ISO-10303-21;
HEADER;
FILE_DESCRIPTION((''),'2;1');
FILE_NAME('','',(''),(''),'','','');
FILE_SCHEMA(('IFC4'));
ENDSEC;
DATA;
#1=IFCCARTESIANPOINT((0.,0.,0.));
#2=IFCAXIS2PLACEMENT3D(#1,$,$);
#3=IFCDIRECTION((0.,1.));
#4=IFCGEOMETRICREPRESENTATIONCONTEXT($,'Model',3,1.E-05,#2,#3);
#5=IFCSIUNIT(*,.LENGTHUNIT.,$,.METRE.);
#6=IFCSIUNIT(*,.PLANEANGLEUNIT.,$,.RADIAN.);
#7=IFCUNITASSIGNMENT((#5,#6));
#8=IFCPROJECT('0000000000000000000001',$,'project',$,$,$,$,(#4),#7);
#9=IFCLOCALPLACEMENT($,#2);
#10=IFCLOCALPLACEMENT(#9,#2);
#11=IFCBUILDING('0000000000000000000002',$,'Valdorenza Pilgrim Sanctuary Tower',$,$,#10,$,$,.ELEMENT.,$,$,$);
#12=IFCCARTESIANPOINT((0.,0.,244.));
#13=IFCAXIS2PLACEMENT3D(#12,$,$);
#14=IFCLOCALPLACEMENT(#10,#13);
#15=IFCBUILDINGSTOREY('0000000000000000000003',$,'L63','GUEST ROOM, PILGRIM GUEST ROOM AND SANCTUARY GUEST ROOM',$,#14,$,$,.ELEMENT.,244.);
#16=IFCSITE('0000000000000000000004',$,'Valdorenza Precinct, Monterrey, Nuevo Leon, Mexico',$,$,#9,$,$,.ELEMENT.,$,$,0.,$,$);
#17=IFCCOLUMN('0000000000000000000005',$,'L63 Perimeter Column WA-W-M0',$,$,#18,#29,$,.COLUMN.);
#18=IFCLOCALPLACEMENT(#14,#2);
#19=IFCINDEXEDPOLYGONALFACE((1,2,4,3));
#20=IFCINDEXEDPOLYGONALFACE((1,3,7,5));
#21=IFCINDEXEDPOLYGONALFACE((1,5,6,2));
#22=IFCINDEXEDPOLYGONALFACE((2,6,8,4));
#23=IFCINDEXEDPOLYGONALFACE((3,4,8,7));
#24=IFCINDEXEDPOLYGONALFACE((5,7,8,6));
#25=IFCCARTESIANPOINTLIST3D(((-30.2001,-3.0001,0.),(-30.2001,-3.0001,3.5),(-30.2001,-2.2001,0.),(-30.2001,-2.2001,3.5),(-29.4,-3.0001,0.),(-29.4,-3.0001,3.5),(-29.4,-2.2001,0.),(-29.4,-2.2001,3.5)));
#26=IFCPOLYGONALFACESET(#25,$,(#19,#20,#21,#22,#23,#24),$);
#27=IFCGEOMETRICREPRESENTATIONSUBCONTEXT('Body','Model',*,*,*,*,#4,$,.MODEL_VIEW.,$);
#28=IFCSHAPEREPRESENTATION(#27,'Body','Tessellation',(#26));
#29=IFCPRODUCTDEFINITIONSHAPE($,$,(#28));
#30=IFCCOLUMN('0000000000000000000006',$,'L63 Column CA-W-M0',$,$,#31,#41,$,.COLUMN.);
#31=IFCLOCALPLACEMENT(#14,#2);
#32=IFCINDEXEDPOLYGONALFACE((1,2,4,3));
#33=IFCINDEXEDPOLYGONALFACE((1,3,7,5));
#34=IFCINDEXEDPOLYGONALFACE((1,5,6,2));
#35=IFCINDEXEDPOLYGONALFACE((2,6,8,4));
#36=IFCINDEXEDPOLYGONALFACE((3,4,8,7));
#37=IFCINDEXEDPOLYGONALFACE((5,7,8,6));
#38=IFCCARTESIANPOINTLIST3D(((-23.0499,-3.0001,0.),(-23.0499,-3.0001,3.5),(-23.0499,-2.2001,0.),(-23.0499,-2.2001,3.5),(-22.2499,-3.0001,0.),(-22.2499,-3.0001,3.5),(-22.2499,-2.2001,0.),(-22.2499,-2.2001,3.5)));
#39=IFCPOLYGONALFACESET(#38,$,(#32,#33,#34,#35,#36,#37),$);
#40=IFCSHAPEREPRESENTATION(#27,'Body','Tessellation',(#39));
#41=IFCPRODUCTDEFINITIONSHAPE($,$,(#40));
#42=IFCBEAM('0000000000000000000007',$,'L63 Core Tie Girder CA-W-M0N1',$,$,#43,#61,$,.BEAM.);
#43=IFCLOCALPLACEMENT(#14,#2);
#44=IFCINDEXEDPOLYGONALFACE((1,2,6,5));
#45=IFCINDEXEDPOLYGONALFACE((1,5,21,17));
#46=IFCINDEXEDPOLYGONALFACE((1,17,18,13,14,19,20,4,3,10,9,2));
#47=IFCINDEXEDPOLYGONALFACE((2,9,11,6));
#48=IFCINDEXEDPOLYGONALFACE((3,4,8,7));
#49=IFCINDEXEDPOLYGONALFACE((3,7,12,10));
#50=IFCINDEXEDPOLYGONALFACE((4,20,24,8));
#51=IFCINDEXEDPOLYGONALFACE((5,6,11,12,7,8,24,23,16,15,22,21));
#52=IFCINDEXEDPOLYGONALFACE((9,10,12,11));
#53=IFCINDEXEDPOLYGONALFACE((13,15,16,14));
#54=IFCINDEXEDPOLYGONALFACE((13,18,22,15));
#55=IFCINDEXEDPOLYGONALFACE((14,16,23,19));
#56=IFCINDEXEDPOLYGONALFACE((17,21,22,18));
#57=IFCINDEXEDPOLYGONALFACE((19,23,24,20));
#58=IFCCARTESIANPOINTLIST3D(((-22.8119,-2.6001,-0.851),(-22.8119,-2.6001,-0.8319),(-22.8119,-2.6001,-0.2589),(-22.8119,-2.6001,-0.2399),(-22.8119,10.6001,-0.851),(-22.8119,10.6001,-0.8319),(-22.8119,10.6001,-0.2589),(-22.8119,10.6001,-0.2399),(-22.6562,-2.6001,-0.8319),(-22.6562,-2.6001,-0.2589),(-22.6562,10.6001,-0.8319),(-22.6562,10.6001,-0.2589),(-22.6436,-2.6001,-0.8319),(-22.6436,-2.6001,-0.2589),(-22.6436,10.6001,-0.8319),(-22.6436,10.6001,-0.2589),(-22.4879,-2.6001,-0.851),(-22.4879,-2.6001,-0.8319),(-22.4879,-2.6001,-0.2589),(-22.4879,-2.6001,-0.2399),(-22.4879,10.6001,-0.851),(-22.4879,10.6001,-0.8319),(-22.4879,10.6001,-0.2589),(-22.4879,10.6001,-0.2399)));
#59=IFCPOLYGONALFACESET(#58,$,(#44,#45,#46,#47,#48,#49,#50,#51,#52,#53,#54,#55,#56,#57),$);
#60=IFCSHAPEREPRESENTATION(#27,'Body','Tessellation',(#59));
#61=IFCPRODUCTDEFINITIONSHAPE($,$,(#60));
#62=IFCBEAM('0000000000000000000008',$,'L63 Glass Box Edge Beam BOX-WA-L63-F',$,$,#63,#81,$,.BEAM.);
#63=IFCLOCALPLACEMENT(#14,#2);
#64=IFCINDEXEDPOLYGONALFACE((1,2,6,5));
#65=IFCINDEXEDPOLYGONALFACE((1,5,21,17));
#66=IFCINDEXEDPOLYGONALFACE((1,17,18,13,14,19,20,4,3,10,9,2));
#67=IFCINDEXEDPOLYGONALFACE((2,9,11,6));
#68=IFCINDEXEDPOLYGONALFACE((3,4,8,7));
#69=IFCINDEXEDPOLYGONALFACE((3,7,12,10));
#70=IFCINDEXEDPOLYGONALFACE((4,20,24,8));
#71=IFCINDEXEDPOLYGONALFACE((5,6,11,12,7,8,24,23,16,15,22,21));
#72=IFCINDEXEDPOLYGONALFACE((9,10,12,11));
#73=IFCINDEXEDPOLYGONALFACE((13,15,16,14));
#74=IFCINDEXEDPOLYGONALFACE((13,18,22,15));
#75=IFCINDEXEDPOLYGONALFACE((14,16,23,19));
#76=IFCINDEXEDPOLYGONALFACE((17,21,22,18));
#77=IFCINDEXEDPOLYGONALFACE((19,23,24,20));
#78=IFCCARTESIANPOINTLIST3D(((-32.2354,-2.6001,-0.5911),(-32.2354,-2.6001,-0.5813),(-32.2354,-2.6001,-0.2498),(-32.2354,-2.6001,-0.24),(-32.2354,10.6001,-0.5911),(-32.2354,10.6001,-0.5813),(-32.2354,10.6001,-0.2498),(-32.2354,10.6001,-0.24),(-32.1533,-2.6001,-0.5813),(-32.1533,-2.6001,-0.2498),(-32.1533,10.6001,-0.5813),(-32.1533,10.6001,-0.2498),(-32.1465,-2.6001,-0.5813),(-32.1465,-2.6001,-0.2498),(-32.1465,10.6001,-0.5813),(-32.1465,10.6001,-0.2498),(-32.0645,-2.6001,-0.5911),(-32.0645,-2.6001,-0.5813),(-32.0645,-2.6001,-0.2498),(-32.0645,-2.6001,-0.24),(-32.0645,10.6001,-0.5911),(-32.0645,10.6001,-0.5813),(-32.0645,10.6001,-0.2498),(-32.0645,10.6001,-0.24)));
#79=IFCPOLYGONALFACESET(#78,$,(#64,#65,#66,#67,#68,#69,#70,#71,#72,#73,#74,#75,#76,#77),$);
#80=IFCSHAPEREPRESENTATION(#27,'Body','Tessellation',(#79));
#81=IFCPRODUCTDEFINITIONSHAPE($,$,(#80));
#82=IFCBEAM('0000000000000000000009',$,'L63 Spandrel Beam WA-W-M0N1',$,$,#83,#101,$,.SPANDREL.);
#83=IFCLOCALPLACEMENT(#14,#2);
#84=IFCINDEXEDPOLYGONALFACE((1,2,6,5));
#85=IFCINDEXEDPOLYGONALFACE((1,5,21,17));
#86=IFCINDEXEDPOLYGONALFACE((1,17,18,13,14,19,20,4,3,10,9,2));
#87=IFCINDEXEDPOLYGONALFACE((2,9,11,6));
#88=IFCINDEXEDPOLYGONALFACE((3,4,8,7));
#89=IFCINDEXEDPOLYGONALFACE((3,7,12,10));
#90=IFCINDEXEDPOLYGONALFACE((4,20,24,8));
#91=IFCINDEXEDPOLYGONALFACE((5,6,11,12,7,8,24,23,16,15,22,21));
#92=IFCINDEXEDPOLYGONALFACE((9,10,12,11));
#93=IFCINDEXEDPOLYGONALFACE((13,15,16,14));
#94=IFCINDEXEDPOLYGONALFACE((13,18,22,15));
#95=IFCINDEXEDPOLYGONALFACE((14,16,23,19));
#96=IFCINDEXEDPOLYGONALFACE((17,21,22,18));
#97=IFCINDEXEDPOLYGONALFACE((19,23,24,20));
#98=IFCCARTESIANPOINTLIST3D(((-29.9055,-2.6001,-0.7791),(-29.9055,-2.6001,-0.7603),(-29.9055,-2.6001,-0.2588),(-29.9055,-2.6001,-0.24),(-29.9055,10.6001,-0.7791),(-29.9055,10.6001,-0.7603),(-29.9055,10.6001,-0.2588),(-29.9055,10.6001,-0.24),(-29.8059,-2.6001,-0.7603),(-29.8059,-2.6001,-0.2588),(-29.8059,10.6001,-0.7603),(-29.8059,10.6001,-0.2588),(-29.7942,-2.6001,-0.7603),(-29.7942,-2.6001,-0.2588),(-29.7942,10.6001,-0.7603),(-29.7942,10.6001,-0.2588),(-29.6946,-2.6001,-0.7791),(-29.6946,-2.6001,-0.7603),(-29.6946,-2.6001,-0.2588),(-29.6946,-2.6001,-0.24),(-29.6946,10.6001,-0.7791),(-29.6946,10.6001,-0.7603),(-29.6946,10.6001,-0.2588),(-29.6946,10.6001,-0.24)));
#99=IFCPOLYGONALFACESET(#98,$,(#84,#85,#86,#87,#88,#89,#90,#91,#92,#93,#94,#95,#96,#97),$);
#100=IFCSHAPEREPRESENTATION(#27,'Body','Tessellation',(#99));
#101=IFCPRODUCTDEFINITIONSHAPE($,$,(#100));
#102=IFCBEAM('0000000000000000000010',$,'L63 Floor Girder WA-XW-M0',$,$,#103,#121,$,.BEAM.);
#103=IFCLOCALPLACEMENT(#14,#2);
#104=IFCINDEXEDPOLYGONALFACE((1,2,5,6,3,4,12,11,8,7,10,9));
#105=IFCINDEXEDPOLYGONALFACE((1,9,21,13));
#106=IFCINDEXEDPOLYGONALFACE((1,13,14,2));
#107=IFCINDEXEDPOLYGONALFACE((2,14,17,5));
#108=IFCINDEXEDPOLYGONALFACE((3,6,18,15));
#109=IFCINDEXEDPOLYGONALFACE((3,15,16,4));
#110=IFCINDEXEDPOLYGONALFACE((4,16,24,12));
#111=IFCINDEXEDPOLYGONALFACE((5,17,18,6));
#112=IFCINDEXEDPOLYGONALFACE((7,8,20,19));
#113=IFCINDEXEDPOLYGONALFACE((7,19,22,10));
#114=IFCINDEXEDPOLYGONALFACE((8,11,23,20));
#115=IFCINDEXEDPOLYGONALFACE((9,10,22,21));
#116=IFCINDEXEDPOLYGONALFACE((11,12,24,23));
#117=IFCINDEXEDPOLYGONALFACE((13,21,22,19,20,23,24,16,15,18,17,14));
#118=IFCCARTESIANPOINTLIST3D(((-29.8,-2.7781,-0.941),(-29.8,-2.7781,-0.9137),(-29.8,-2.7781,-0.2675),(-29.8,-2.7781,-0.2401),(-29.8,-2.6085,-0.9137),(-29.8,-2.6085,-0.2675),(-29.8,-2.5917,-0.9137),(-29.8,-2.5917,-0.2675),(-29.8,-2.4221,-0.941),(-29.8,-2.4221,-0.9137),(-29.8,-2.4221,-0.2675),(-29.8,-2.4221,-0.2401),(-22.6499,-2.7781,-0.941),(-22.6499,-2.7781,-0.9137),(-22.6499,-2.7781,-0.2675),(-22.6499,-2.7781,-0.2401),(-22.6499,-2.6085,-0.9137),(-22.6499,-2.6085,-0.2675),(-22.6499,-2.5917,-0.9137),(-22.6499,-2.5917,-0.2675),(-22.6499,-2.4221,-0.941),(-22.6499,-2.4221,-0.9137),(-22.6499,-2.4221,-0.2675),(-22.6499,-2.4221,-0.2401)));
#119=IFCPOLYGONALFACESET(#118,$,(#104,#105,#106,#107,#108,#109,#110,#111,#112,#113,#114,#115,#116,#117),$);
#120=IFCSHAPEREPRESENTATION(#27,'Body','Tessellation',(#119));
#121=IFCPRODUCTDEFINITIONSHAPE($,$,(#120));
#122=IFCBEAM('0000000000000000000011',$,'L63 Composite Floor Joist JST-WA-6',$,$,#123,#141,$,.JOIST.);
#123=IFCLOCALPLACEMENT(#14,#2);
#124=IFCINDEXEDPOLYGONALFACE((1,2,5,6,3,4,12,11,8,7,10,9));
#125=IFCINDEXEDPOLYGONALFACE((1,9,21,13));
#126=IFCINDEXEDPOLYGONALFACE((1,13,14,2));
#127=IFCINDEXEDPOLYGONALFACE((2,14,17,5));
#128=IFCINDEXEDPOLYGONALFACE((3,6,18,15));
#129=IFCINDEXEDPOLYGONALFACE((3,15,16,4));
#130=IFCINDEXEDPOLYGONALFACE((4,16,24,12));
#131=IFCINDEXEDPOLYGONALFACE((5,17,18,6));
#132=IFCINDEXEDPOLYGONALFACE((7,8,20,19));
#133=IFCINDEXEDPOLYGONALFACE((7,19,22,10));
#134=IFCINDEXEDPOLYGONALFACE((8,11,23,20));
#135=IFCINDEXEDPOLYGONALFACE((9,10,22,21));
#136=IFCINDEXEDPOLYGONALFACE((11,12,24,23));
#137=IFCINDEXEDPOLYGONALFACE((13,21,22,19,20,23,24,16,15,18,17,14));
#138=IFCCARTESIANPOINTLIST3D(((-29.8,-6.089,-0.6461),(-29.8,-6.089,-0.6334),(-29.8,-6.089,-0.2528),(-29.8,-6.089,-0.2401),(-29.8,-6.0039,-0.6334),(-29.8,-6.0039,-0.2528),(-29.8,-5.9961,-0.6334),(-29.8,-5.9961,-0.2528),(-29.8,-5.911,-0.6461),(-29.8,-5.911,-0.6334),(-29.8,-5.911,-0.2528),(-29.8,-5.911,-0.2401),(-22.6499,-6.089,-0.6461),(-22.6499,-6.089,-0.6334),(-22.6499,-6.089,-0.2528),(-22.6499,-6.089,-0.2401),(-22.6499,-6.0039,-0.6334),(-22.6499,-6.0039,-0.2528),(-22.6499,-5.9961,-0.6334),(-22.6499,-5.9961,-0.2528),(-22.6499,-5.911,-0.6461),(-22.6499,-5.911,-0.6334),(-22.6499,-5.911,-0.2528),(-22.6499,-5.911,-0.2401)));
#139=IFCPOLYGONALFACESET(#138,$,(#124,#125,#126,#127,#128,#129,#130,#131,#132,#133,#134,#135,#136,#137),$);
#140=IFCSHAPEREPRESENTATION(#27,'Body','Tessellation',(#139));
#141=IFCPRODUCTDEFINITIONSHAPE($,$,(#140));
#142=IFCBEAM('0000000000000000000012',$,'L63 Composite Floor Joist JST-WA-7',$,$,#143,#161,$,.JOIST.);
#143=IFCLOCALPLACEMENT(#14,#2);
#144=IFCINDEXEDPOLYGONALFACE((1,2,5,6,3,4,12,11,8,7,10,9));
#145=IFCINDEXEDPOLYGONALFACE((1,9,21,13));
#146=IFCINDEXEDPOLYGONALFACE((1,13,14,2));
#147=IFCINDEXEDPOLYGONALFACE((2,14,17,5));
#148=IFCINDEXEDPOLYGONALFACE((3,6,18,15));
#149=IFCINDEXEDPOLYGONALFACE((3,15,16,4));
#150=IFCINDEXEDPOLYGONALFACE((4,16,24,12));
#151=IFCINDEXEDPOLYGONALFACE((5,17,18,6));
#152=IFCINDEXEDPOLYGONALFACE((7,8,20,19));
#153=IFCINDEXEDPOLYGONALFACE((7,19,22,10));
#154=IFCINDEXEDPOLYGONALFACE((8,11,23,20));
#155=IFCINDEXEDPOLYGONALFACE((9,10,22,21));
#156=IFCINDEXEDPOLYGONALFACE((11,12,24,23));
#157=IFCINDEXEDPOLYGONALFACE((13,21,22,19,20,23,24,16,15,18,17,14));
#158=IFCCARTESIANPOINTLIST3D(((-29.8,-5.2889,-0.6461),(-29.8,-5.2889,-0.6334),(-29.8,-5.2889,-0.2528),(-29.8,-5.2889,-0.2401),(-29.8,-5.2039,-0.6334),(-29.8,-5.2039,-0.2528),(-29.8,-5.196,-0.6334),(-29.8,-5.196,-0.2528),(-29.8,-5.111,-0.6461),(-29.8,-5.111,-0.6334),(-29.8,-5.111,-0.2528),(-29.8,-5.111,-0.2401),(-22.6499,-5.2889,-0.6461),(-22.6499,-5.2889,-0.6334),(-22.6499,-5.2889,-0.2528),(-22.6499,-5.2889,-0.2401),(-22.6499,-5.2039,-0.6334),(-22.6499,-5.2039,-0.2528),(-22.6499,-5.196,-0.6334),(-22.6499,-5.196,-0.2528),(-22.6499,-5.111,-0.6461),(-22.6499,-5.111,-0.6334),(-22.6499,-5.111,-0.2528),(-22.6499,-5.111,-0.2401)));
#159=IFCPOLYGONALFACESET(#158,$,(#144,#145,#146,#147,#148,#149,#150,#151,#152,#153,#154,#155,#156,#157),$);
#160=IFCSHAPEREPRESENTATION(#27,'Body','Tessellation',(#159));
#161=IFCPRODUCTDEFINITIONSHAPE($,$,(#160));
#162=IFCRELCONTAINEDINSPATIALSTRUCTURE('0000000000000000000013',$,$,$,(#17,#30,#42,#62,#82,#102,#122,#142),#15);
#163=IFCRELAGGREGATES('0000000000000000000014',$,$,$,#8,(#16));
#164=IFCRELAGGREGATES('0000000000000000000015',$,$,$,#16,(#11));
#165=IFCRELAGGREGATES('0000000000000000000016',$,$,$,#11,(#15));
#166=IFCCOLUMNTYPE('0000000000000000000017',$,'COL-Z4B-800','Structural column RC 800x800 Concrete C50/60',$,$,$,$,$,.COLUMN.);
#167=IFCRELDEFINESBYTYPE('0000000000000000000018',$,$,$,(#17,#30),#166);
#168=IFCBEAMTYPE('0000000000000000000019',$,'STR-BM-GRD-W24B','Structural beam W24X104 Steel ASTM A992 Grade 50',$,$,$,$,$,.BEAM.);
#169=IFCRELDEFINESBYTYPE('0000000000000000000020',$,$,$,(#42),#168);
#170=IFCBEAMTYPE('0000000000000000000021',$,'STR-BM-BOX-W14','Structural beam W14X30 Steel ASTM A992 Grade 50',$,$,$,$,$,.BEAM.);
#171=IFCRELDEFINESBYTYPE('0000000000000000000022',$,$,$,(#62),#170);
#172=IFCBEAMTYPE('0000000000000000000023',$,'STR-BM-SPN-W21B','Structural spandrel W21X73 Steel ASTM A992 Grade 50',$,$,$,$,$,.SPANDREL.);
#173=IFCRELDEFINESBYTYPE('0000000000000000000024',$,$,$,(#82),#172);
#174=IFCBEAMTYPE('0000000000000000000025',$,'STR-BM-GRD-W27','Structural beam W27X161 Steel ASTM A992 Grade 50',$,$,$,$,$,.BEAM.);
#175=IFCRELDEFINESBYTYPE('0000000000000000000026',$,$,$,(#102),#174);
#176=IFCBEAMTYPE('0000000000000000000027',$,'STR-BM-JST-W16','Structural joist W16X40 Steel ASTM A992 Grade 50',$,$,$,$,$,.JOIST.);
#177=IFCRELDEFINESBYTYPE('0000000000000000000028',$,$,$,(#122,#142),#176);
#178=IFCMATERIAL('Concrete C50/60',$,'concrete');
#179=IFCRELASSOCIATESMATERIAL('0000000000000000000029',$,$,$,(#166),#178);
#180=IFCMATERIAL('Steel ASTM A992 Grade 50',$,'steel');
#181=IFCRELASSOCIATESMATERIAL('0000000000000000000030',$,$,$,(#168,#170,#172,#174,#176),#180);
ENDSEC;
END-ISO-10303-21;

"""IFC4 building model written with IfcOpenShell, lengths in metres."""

from ifc_helpers import new_model, si_unit, direction, frame, origin, origin_2d, place, context, subcontext, project, spatial, rectangle, i_section, extrude, source, transform, mapped, material, material_profile, profile_set, type_object, element, save


model = new_model("IFC4")

# Units and contexts
model_context = context("Model", 3, precision=1e-05, world=origin(), true_north=direction((0.0, 1.0)))
body_context = subcontext(model_context, "Body", "Model", "MODEL_VIEW")
ifc_project = project(units=[si_unit("LENGTHUNIT", "METRE"), si_unit("PLANEANGLEUNIT", "RADIAN")], contexts=[model_context])

# Site, building, storey
site_placement = place(None, origin())
site = spatial("IfcSite", under=ifc_project, at=site_placement, Name="Valdorenza Precinct, Monterrey, Nuevo Leon, Mexico", CompositionType="ELEMENT", RefElevation=0.0)
building_placement = place(site_placement, origin())
building = spatial("IfcBuilding", under=site, at=building_placement, Name="Valdorenza Pilgrim Sanctuary Tower", CompositionType="ELEMENT")
storey_placement = place(building_placement, frame((0.0, 0.0, 244.0)))
storey = spatial("IfcBuildingStorey", under=building, at=storey_placement, Name="L63", Description="GUEST ROOM, PILGRIM GUEST ROOM AND SANCTUARY GUEST ROOM", CompositionType="ELEMENT", Elevation=244.0)

# Columns
ifc_material_1 = material(Name="Concrete C50/60", Category="concrete")
ifc_material_profile_1 = material_profile(ifc_material_1, rectangle(XDim=0.8, YDim=0.8, at=origin_2d()), Name="RC 800x800")
ifc_profile_set_1 = profile_set([ifc_material_profile_1], Name="Concrete C50/60")
column_type = type_object("IfcColumnType", Name="COL-Z4B-800", Description="Structural column RC 800x800 Concrete C50/60", PredefinedType="COLUMN", material=ifc_profile_set_1)
shared_shape_1 = source(origin(), body_context, "Body", "SweptSolid", [
    extrude(rectangle(XDim=0.8, YDim=0.8, at=origin_2d()), origin(), (0.0, 0.0, 1.0), 3.5),
])
for number, where, z_axis, x_axis, name in (
    (1, (-29.8, -2.6001, 0.0), (0.0, 0.0, 1.0), (1.0, 0.0, 0.0), "L63 Perimeter Column WA-W-M0"),
    (2, (-22.6499, -2.6001, 0.0), (0.0, 0.0, 1.0), (1.0, 0.0, 0.0), "L63 Column CA-W-M0"),
):
    element("IfcColumn", number, at=place(storey_placement, frame(where, z_axis=z_axis, x_axis=x_axis)), inside=storey, type_object=column_type, Name=name, PredefinedType="COLUMN", context=body_context, shape_type="MappedRepresentation", body=[
        mapped(shared_shape_1, transform((0.0, 0.0, 0.0), x_axis=(1.0, 0.0, 0.0), y_axis=(0.0, 1.0, 0.0), z_axis=(0.0, 0.0, 1.0), scale=1.0)),
    ])

# Beams
ifc_material_2 = material(Name="Steel ASTM A992 Grade 50", Category="steel")
ifc_material_profile_2 = material_profile(ifc_material_2, i_section(OverallWidth=0.324, OverallDepth=0.6111, WebThickness=0.0127, FlangeThickness=0.019, at=origin_2d()), Name="W24X104")
ifc_profile_set_2 = profile_set([ifc_material_profile_2], Name="Steel ASTM A992 Grade 50")
beam_type_1 = type_object("IfcBeamType", Name="STR-BM-GRD-W24B", Description="Structural beam W24X104 Steel ASTM A992 Grade 50", PredefinedType="BEAM", material=ifc_profile_set_2)
shared_shape_2 = source(origin(), body_context, "Body", "SweptSolid", [
    extrude(i_section(OverallWidth=0.324, OverallDepth=0.6111, WebThickness=0.0127, FlangeThickness=0.019, at=origin_2d()), origin(), (0.0, 0.0, 1.0), 13.2002),
])
beam_1_placement = place(storey_placement, frame((-22.6499, -2.6001, -0.5454), z_axis=(0.0, 1.0, 0.0), x_axis=(-1.0, 0.0, 0.0)))
element("IfcBeam", 3, at=beam_1_placement, inside=storey, type_object=beam_type_1, Name="L63 Core Tie Girder CA-W-M0N1", PredefinedType="BEAM", context=body_context, shape_type="MappedRepresentation", body=[
    mapped(shared_shape_2, transform((0.0, 0.0, 0.0), x_axis=(1.0, 0.0, 0.0), y_axis=(0.0, 1.0, 0.0), z_axis=(0.0, 0.0, 1.0), scale=1.0)),
])
ifc_material_profile_3 = material_profile(ifc_material_2, i_section(OverallWidth=0.1709, OverallDepth=0.3511, WebThickness=0.0068, FlangeThickness=0.0098, at=origin_2d()), Name="W14X30")
ifc_profile_set_3 = profile_set([ifc_material_profile_3], Name="Steel ASTM A992 Grade 50")
beam_type_2 = type_object("IfcBeamType", Name="STR-BM-BOX-W14", Description="Structural beam W14X30 Steel ASTM A992 Grade 50", PredefinedType="BEAM", material=ifc_profile_set_3)
shared_shape_3 = source(origin(), body_context, "Body", "SweptSolid", [
    extrude(i_section(OverallWidth=0.1709, OverallDepth=0.3511, WebThickness=0.0068, FlangeThickness=0.0098, at=origin_2d()), origin(), (0.0, 0.0, 1.0), 13.2002),
])
beam_2_placement = place(storey_placement, frame((-32.1499, -2.6001, -0.4155), z_axis=(0.0, 1.0, 0.0), x_axis=(-1.0, 0.0, 0.0)))
element("IfcBeam", 4, at=beam_2_placement, inside=storey, type_object=beam_type_2, Name="L63 Glass Box Edge Beam BOX-WA-L63-F", PredefinedType="BEAM", context=body_context, shape_type="MappedRepresentation", body=[
    mapped(shared_shape_3, transform((0.0, 0.0, 0.0), x_axis=(1.0, 0.0, 0.0), y_axis=(0.0, 1.0, 0.0), z_axis=(0.0, 0.0, 1.0), scale=1.0)),
])
ifc_material_profile_4 = material_profile(ifc_material_2, i_section(OverallWidth=0.2109, OverallDepth=0.5391, WebThickness=0.0117, FlangeThickness=0.0188, at=origin_2d()), Name="W21X73")
ifc_profile_set_4 = profile_set([ifc_material_profile_4], Name="Steel ASTM A992 Grade 50")
beam_type_3 = type_object("IfcBeamType", Name="STR-BM-SPN-W21B", Description="Structural spandrel W21X73 Steel ASTM A992 Grade 50", PredefinedType="SPANDREL", material=ifc_profile_set_4)
shared_shape_4 = source(origin(), body_context, "Body", "SweptSolid", [
    extrude(i_section(OverallWidth=0.2109, OverallDepth=0.5391, WebThickness=0.0117, FlangeThickness=0.0188, at=origin_2d()), origin(), (0.0, 0.0, 1.0), 13.2002),
])
beam_3_placement = place(storey_placement, frame((-29.8, -2.6001, -0.5095), z_axis=(0.0, 1.0, 0.0), x_axis=(-1.0, 0.0, 0.0)))
element("IfcBeam", 5, at=beam_3_placement, inside=storey, type_object=beam_type_3, Name="L63 Spandrel Beam WA-W-M0N1", PredefinedType="SPANDREL", context=body_context, shape_type="MappedRepresentation", body=[
    mapped(shared_shape_4, transform((0.0, 0.0, 0.0), x_axis=(1.0, 0.0, 0.0), y_axis=(0.0, 1.0, 0.0), z_axis=(0.0, 0.0, 1.0), scale=1.0)),
])
ifc_material_profile_5 = material_profile(ifc_material_2, i_section(OverallWidth=0.356, OverallDepth=0.7009, WebThickness=0.0168, FlangeThickness=0.0273, at=origin_2d()), Name="W27X161")
ifc_profile_set_5 = profile_set([ifc_material_profile_5], Name="Steel ASTM A992 Grade 50")
beam_type_4 = type_object("IfcBeamType", Name="STR-BM-GRD-W27", Description="Structural beam W27X161 Steel ASTM A992 Grade 50", PredefinedType="BEAM", material=ifc_profile_set_5)
shared_shape_5 = source(origin(), body_context, "Body", "SweptSolid", [
    extrude(i_section(OverallWidth=0.356, OverallDepth=0.7009, WebThickness=0.0168, FlangeThickness=0.0273, at=origin_2d()), origin(), (0.0, 0.0, 1.0), 7.1501),
])
beam_4_placement = place(storey_placement, frame((-29.8, -2.6001, -0.5906), z_axis=(1.0, 0.0, 0.0), x_axis=(0.0, 1.0, 0.0)))
element("IfcBeam", 6, at=beam_4_placement, inside=storey, type_object=beam_type_4, Name="L63 Floor Girder WA-XW-M0", PredefinedType="BEAM", context=body_context, shape_type="MappedRepresentation", body=[
    mapped(shared_shape_5, transform((0.0, 0.0, 0.0), x_axis=(1.0, 0.0, 0.0), y_axis=(0.0, 1.0, 0.0), z_axis=(0.0, 0.0, 1.0), scale=1.0)),
])
ifc_material_profile_6 = material_profile(ifc_material_2, i_section(OverallWidth=0.178, OverallDepth=0.406, WebThickness=0.0078, FlangeThickness=0.0127, at=origin_2d()), Name="W16X40")
ifc_profile_set_6 = profile_set([ifc_material_profile_6], Name="Steel ASTM A992 Grade 50")
beam_type_5 = type_object("IfcBeamType", Name="STR-BM-JST-W16", Description="Structural joist W16X40 Steel ASTM A992 Grade 50", PredefinedType="JOIST", material=ifc_profile_set_6)
shared_shape_6 = source(origin(), body_context, "Body", "SweptSolid", [
    extrude(i_section(OverallWidth=0.178, OverallDepth=0.406, WebThickness=0.0078, FlangeThickness=0.0127, at=origin_2d()), origin(), (0.0, 0.0, 1.0), 7.1501),
])
for number, where, z_axis, x_axis, name in (
    (7, (-29.8, -6.0, -0.4431), (1.0, 0.0, 0.0), (0.0, 1.0, 0.0), "L63 Composite Floor Joist JST-WA-6"),
    (8, (-29.8, -5.2, -0.4431), (1.0, 0.0, 0.0), (0.0, 1.0, 0.0), "L63 Composite Floor Joist JST-WA-7"),
):
    element("IfcBeam", number, at=place(storey_placement, frame(where, z_axis=z_axis, x_axis=x_axis)), inside=storey, type_object=beam_type_5, Name=name, PredefinedType="JOIST", context=body_context, shape_type="MappedRepresentation", body=[
        mapped(shared_shape_6, transform((0.0, 0.0, 0.0), x_axis=(1.0, 0.0, 0.0), y_axis=(0.0, 1.0, 0.0), z_axis=(0.0, 0.0, 1.0), scale=1.0)),
    ])

save(model, "model.ifc")
